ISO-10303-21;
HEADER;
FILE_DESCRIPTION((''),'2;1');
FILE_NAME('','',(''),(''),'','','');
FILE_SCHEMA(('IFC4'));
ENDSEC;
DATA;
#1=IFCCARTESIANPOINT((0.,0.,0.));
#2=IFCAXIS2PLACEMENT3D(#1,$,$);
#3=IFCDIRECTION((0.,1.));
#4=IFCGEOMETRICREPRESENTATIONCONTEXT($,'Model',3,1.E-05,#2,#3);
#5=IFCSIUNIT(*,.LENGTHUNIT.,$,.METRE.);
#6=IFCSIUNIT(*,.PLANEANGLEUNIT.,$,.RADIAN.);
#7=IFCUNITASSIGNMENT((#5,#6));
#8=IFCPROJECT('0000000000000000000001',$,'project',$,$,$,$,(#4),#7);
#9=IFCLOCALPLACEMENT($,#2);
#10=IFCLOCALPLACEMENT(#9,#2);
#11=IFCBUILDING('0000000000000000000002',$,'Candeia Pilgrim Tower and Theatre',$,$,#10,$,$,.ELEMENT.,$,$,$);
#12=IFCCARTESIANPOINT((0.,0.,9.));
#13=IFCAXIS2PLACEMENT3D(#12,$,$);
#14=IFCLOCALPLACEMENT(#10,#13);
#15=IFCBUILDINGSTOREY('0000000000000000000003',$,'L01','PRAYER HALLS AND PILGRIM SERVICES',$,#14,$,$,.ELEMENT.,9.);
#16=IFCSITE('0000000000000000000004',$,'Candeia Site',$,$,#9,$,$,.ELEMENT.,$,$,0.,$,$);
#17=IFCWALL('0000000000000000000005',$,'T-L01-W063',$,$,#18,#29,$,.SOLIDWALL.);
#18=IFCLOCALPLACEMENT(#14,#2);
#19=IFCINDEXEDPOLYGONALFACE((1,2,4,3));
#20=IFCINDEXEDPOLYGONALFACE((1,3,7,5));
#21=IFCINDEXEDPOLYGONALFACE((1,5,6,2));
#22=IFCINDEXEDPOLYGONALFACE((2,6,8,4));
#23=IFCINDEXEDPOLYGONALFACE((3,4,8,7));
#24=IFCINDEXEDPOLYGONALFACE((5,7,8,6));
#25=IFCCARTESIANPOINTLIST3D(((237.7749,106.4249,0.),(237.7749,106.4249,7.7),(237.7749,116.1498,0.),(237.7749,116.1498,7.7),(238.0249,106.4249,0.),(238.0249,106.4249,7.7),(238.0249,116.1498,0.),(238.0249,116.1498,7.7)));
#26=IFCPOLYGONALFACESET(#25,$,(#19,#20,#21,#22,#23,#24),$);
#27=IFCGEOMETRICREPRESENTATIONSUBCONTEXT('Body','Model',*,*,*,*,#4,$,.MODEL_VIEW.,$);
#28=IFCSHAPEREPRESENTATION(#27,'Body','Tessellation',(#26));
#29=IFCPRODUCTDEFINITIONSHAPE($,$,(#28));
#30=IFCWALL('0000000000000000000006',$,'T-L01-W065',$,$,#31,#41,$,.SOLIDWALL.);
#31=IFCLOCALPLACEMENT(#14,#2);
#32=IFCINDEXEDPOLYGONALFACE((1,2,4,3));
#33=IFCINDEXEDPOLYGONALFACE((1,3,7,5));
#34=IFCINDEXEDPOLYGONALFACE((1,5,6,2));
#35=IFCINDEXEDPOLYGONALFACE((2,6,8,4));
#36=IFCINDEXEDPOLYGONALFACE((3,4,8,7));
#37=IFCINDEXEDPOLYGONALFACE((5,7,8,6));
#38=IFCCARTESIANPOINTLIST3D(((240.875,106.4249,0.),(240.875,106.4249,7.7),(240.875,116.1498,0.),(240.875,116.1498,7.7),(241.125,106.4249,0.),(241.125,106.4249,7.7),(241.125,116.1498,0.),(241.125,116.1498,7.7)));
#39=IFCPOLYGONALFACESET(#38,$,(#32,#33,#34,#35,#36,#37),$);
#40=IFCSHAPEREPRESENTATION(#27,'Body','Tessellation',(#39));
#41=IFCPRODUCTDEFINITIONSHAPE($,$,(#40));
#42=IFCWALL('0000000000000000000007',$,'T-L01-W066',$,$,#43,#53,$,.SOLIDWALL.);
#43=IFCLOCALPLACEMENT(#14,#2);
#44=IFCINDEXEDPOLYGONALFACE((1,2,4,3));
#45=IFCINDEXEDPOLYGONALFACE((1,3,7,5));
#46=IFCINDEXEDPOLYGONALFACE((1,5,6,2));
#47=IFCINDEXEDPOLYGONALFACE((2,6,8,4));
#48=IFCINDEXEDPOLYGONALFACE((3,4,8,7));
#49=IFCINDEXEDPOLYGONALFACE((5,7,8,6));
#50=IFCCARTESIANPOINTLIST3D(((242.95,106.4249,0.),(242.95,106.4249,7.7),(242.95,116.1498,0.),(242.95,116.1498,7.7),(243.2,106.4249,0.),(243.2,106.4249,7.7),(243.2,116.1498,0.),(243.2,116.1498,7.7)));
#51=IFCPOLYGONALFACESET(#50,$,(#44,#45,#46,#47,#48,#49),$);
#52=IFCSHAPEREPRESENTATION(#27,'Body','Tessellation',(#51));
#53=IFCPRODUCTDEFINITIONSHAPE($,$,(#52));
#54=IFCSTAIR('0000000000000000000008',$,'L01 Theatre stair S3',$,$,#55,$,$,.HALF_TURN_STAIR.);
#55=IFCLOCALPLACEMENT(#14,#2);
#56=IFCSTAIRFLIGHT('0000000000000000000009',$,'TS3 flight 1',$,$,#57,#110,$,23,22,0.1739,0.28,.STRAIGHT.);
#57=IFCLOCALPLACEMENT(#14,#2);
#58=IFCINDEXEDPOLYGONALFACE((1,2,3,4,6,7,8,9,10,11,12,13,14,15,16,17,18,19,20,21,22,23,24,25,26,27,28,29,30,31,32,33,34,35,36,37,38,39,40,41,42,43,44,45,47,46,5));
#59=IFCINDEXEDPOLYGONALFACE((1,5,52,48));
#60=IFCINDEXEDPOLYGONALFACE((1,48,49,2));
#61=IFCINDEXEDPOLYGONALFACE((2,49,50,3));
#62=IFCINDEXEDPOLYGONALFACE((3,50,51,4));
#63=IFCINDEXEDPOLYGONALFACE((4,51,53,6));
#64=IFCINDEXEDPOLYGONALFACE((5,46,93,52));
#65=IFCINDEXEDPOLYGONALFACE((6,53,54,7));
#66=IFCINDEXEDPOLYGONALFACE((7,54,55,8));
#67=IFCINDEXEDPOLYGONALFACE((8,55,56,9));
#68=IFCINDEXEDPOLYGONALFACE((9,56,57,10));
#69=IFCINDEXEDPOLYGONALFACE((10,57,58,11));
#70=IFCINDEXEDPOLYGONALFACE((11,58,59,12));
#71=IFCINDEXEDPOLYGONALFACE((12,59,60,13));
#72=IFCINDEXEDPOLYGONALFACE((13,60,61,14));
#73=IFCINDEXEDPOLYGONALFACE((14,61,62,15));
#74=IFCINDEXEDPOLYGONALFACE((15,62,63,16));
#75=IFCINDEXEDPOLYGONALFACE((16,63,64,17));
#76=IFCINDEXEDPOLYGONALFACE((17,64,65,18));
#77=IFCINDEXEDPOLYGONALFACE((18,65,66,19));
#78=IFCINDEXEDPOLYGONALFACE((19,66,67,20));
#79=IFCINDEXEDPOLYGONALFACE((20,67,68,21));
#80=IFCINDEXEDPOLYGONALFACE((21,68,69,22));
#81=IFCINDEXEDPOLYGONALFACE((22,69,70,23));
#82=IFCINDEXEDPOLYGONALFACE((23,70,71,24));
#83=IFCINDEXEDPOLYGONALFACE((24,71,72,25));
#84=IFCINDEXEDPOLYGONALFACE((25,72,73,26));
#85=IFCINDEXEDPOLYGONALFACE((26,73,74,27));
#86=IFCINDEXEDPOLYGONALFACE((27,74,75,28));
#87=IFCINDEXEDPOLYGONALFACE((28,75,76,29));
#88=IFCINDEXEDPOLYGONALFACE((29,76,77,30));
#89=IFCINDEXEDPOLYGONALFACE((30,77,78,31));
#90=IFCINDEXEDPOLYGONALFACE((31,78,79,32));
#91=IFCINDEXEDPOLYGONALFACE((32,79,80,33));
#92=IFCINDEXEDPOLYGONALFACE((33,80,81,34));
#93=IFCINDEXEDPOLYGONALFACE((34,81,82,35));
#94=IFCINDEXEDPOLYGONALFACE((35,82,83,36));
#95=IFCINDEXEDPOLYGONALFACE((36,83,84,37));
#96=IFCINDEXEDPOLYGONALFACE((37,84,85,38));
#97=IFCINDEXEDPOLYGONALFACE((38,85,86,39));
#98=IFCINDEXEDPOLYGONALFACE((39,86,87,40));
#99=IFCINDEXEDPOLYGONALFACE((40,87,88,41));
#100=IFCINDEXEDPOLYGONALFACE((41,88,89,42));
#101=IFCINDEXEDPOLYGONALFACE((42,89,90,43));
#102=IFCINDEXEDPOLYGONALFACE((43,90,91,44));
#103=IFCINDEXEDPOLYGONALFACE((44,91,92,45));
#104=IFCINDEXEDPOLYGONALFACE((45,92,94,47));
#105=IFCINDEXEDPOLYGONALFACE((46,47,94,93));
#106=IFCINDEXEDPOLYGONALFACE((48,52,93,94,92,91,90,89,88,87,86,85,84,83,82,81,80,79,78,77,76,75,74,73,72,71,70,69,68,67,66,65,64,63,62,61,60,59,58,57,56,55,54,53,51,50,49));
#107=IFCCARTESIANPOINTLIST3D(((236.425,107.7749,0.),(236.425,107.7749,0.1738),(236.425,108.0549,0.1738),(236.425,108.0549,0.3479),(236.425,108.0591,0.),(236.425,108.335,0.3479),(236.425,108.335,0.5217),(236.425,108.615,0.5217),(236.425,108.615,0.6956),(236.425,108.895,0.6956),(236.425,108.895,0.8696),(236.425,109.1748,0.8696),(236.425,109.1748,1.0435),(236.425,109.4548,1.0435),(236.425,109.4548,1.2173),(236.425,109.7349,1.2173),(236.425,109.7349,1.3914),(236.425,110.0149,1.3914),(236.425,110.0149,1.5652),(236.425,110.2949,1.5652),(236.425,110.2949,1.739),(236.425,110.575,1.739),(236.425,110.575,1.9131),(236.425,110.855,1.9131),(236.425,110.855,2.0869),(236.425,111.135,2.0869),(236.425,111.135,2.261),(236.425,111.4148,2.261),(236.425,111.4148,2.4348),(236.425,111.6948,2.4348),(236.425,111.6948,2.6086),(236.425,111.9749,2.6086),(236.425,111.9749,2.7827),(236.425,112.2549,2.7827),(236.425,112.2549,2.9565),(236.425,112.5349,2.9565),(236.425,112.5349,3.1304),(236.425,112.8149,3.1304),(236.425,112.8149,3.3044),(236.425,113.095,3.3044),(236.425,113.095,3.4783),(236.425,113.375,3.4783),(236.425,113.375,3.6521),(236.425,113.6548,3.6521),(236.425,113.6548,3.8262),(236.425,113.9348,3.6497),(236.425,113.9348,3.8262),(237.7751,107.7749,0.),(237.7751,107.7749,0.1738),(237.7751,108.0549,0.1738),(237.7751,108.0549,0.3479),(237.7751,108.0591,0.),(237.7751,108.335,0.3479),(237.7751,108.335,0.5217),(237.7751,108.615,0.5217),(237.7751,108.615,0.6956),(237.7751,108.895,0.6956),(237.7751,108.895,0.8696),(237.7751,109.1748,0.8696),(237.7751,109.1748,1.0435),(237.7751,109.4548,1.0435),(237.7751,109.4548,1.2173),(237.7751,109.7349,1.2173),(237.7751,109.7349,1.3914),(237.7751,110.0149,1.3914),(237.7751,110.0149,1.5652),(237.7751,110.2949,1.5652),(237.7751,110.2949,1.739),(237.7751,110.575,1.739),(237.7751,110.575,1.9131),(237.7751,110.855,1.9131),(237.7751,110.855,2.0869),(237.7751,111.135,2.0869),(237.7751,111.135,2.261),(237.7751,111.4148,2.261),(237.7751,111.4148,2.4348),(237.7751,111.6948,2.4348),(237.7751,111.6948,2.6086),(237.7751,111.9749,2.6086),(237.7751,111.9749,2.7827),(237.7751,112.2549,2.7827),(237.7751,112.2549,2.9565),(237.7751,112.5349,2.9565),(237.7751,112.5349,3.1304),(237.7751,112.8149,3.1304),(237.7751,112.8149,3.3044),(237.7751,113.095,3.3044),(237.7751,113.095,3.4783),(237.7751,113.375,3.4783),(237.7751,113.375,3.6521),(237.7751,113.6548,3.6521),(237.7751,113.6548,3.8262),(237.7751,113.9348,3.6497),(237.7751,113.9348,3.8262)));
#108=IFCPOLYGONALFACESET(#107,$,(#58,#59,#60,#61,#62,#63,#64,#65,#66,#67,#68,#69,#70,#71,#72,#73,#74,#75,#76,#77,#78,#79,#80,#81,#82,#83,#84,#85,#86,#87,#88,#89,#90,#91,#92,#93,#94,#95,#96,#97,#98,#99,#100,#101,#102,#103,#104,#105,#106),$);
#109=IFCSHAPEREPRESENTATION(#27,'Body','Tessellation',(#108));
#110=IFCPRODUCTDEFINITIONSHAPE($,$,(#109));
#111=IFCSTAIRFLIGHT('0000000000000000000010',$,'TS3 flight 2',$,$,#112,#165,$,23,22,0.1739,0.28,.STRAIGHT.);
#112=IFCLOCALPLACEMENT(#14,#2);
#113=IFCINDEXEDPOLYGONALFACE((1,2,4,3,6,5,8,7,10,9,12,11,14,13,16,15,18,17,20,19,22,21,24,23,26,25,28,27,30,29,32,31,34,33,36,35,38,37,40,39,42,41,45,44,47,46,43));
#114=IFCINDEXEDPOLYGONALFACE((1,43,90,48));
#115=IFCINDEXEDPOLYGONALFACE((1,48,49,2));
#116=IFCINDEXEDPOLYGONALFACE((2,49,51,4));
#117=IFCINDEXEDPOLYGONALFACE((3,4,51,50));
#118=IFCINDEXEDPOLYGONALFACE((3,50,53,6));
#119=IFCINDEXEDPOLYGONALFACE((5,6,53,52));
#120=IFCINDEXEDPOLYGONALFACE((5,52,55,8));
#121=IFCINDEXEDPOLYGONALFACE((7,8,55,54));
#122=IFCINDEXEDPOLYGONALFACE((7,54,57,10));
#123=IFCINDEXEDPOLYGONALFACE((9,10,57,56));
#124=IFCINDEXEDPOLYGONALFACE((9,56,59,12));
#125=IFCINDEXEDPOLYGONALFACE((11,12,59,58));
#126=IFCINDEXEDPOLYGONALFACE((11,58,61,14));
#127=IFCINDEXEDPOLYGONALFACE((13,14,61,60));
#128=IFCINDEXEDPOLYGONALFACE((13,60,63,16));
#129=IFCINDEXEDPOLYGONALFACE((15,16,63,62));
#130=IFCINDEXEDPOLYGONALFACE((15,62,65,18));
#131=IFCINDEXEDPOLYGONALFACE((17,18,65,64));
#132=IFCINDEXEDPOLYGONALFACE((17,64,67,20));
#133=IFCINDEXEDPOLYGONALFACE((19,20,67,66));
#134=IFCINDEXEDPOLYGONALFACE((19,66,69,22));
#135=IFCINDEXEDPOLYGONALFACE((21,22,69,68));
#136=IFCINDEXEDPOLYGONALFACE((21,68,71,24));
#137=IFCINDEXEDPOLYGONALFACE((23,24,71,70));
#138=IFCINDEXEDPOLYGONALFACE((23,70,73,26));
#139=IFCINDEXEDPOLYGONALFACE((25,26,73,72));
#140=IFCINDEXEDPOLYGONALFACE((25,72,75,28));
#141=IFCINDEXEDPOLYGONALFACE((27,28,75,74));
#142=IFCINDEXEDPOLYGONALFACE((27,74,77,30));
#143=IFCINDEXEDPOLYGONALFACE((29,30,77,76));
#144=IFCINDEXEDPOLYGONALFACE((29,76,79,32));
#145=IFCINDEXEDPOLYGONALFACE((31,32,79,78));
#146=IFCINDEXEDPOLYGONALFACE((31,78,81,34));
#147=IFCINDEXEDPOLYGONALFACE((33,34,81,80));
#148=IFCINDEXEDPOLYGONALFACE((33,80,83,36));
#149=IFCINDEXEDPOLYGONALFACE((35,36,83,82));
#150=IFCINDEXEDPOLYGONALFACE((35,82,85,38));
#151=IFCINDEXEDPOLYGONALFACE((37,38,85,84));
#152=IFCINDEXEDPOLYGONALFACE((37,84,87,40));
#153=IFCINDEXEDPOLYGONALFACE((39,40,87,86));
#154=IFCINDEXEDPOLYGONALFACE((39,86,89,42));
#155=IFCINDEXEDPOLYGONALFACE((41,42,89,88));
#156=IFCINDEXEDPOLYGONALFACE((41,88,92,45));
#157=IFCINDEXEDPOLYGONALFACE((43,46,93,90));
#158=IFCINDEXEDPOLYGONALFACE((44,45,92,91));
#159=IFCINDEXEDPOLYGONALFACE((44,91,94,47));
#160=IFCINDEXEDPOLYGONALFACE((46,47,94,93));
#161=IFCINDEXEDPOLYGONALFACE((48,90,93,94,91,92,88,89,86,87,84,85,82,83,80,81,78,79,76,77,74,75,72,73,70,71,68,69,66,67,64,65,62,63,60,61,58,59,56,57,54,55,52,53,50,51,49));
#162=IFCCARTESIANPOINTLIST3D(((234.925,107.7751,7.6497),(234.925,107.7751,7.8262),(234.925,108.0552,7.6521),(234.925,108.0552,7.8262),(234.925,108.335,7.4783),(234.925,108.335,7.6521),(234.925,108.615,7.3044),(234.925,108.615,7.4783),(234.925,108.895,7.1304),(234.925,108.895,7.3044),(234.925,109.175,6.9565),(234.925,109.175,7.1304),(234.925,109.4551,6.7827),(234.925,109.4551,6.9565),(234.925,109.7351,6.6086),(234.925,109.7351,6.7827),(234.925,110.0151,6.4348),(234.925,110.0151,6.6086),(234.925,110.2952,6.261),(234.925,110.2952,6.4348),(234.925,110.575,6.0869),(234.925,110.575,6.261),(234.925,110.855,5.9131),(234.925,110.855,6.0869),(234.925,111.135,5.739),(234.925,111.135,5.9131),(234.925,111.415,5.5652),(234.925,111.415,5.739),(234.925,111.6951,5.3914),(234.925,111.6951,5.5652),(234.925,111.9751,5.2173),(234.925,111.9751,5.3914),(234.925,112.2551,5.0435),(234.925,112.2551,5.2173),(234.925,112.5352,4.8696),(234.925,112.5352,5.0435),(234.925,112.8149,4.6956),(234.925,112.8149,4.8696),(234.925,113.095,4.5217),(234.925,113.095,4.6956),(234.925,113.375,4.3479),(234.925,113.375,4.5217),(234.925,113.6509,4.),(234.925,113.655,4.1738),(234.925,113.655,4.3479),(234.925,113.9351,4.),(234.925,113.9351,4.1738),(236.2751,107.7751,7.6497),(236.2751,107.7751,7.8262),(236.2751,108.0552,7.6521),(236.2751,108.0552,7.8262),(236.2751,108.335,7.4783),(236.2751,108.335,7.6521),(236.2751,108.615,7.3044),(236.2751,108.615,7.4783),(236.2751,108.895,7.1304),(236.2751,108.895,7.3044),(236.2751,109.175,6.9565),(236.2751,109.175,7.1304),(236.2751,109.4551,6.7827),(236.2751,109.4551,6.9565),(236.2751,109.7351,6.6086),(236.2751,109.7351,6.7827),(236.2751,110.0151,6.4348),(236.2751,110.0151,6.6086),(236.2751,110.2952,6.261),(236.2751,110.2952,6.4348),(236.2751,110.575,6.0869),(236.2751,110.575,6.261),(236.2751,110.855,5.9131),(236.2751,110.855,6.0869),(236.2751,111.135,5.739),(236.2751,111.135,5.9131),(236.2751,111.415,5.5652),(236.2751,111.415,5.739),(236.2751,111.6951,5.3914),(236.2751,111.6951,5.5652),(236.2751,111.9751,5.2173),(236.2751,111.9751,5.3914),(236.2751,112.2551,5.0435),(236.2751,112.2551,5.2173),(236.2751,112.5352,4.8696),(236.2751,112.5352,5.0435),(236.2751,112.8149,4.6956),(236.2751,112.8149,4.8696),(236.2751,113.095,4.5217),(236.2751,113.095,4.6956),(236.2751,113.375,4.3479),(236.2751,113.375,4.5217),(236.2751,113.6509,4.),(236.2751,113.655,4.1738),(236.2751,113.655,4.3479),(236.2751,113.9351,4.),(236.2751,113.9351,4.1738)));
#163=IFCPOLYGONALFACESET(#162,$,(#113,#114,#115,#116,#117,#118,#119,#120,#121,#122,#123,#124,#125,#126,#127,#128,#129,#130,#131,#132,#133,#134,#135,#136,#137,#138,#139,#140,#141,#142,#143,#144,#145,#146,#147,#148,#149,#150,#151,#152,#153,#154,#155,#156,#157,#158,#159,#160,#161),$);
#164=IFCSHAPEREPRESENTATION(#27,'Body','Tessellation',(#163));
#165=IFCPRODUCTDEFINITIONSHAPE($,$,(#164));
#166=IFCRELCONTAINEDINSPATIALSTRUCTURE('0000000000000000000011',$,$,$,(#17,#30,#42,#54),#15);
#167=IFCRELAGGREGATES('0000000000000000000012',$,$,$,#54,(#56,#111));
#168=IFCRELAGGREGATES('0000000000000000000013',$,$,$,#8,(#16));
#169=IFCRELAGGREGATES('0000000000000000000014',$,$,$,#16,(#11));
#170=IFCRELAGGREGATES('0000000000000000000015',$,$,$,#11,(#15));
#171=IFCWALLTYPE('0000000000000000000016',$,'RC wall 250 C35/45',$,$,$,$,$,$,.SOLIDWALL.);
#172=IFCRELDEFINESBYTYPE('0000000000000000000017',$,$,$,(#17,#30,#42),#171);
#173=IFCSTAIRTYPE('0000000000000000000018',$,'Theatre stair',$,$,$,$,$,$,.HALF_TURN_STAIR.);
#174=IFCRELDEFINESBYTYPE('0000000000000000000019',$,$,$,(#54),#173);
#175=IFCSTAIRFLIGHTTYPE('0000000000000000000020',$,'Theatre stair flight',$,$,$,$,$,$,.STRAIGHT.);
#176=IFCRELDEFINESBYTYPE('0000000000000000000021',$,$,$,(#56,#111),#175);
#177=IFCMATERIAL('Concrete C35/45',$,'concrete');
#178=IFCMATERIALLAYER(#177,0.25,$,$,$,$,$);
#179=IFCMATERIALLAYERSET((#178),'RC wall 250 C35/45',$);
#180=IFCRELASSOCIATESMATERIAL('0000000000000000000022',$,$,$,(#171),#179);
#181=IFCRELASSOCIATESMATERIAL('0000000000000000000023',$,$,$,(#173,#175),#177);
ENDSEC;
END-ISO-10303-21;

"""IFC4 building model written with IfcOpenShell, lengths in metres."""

from ifc_helpers import new_model, si_unit, direction, frame, frame_2d, origin, place, context, subcontext, project, spatial, polyline, rectangle, outline, extrude, material, layer, layer_set, type_object, element, aggregate, save


model = new_model("IFC4")

# Units and contexts
model_context = context("Model", 3, precision=1e-05, world=origin(), true_north=direction((0.0, 1.0)))
body_context = subcontext(model_context, "Body", "Model", "MODEL_VIEW")
ifc_project = project(units=[si_unit("LENGTHUNIT", "METRE"), si_unit("PLANEANGLEUNIT", "RADIAN")], contexts=[model_context])

# Site, building, storey
site_placement = place(None, origin())
site = spatial("IfcSite", under=ifc_project, at=site_placement, Name="Candeia Site", CompositionType="ELEMENT", RefElevation=0.0)
building_placement = place(site_placement, origin())
building = spatial("IfcBuilding", under=site, at=building_placement, Name="Candeia Pilgrim Tower and Theatre", CompositionType="ELEMENT")
storey_placement = place(building_placement, frame((0.0, 0.0, 9.0)))
storey = spatial("IfcBuildingStorey", under=building, at=storey_placement, Name="L01", Description="PRAYER HALLS AND PILGRIM SERVICES", CompositionType="ELEMENT", Elevation=9.0)

# Walls
ifc_material_1 = material(Name="Concrete C35/45", Category="concrete")
ifc_layer = layer(ifc_material_1, 0.25)
ifc_layer_set = layer_set([ifc_layer], Name="RC wall 250 C35/45")
wall_type = type_object("IfcWallType", Name="RC wall 250 C35/45", PredefinedType="SOLIDWALL", material=ifc_layer_set)
for number, where, z_axis, x_axis, name in (
    (1, (237.8999, 106.425, 0.0), (0.0, 0.0, 1.0), (0.0, 1.0, 0.0), "T-L01-W063"),
    (2, (241.0, 106.425, 0.0), (0.0, 0.0, 1.0), (0.0, 1.0, 0.0), "T-L01-W065"),
    (3, (243.075, 106.425, 0.0), (0.0, 0.0, 1.0), (0.0, 1.0, 0.0), "T-L01-W066"),
):
    element("IfcWall", number, at=place(storey_placement, frame(where, z_axis=z_axis, x_axis=x_axis)), inside=storey, type_object=wall_type, Name=name, PredefinedType="SOLIDWALL", context=body_context, shape_type="SweptSolid", body=[
        extrude(rectangle(XDim=9.7249, YDim=0.25, at=frame_2d((4.8623, 0.0))), origin(), (0.0, 0.0, 1.0), 7.7),
    ])

# Stair, stair flights
stair_type = type_object("IfcStairType", Name="Theatre stair", PredefinedType="HALF_TURN_STAIR", material=ifc_material_1)
stair_1_placement = place(storey_placement, origin())
stair_1 = element("IfcStair", 4, at=stair_1_placement, inside=storey, type_object=stair_type, Name="L01 Theatre stair S3", PredefinedType="HALF_TURN_STAIR")
stair_flight_type = type_object("IfcStairFlightType", Name="Theatre stair flight", PredefinedType="STRAIGHT", material=ifc_material_1)
stair_flight_1_placement = place(storey_placement, frame((237.1001, 107.7749, 0.0), z_axis=(0.0, 0.0, 1.0), x_axis=(0.0, 1.0, 0.0)))
stair_flight_1 = element("IfcStairFlight", 5, at=stair_flight_1_placement, type_object=stair_flight_type, Name="TS3 flight 1", NumberOfRisers=23, NumberOfTreads=22, PredefinedType="STRAIGHT", RiserHeight=0.1739, TreadLength=0.28, context=body_context, shape_type="SweptSolid", body=[
    extrude(outline(polyline([(0.0, 0.0), (0.0, 0.1738), (0.28, 0.1738), (0.28, 0.3479), (0.5601, 0.3479), (0.5601, 0.5217), (0.8401, 0.5217), (0.8401, 0.6956), (1.1201, 0.6956), (1.1201, 0.8696), (1.3999, 0.8696), (1.3999, 1.0435), (1.6799, 1.0435), (1.6799, 1.2173), (1.96, 1.2173), (1.96, 1.3914), (2.24, 1.3914), (2.24, 1.5652), (2.52, 1.5652), (2.52, 1.739), (2.8, 1.739), (2.8, 1.9131), (3.0801, 1.9131), (3.0801, 2.0869), (3.3601, 2.0869), (3.3601, 2.261), (3.6399, 2.261), (3.6399, 2.4348), (3.9199, 2.4348), (3.9199, 2.6086), (4.2, 2.6086), (4.2, 2.7827), (4.48, 2.7827), (4.48, 2.9565), (4.76, 2.9565), (4.76, 3.1304), (5.04, 3.1304), (5.04, 3.3044), (5.3201, 3.3044), (5.3201, 3.4783), (5.6001, 3.4783), (5.6001, 3.6521), (5.8799, 3.6521), (5.8799, 3.8262), (6.1599, 3.8262), (6.1599, 4.0), (6.1599, 3.6497), (0.2842, 0.0), (0.0, 0.0)])), frame((0.0, 0.675, 0.0), z_axis=(0.0, -1.0, 0.0), x_axis=(1.0, 0.0, 0.0)), (0.0, 0.0, 1.0), 1.3501),
])
stair_flight_2_placement = place(storey_placement, frame((235.6001, 113.9351, 4.0), z_axis=(0.0, 0.0, 1.0), x_axis=(0.0, -1.0, 0.0)))
stair_flight_2 = element("IfcStairFlight", 6, at=stair_flight_2_placement, type_object=stair_flight_type, Name="TS3 flight 2", NumberOfRisers=23, NumberOfTreads=22, PredefinedType="STRAIGHT", RiserHeight=0.1739, TreadLength=0.28, context=body_context, shape_type="SweptSolid", body=[
    extrude(outline(polyline([(0.0, 0.0), (0.0, 0.1738), (0.28, 0.1738), (0.28, 0.3479), (0.5601, 0.3479), (0.5601, 0.5217), (0.8401, 0.5217), (0.8401, 0.6956), (1.1201, 0.6956), (1.1201, 0.8696), (1.3999, 0.8696), (1.3999, 1.0435), (1.6799, 1.0435), (1.6799, 1.2173), (1.96, 1.2173), (1.96, 1.3914), (2.24, 1.3914), (2.24, 1.5652), (2.52, 1.5652), (2.52, 1.739), (2.8, 1.739), (2.8, 1.9131), (3.0801, 1.9131), (3.0801, 2.0869), (3.3601, 2.0869), (3.3601, 2.261), (3.6399, 2.261), (3.6399, 2.4348), (3.9199, 2.4348), (3.9199, 2.6086), (4.2, 2.6086), (4.2, 2.7827), (4.48, 2.7827), (4.48, 2.9565), (4.76, 2.9565), (4.76, 3.1304), (5.04, 3.1304), (5.04, 3.3044), (5.3201, 3.3044), (5.3201, 3.4783), (5.6001, 3.4783), (5.6001, 3.6521), (5.8799, 3.6521), (5.8799, 3.8262), (6.1599, 3.8262), (6.1599, 4.0), (6.1599, 3.6497), (0.2842, 0.0), (0.0, 0.0)])), frame((0.0, 0.675, 0.0), z_axis=(0.0, -1.0, 0.0), x_axis=(1.0, 0.0, 0.0)), (0.0, 0.0, 1.0), 1.3501),
])
aggregate(stair_1, [stair_flight_1, stair_flight_2])

save(model, "model.ifc")
